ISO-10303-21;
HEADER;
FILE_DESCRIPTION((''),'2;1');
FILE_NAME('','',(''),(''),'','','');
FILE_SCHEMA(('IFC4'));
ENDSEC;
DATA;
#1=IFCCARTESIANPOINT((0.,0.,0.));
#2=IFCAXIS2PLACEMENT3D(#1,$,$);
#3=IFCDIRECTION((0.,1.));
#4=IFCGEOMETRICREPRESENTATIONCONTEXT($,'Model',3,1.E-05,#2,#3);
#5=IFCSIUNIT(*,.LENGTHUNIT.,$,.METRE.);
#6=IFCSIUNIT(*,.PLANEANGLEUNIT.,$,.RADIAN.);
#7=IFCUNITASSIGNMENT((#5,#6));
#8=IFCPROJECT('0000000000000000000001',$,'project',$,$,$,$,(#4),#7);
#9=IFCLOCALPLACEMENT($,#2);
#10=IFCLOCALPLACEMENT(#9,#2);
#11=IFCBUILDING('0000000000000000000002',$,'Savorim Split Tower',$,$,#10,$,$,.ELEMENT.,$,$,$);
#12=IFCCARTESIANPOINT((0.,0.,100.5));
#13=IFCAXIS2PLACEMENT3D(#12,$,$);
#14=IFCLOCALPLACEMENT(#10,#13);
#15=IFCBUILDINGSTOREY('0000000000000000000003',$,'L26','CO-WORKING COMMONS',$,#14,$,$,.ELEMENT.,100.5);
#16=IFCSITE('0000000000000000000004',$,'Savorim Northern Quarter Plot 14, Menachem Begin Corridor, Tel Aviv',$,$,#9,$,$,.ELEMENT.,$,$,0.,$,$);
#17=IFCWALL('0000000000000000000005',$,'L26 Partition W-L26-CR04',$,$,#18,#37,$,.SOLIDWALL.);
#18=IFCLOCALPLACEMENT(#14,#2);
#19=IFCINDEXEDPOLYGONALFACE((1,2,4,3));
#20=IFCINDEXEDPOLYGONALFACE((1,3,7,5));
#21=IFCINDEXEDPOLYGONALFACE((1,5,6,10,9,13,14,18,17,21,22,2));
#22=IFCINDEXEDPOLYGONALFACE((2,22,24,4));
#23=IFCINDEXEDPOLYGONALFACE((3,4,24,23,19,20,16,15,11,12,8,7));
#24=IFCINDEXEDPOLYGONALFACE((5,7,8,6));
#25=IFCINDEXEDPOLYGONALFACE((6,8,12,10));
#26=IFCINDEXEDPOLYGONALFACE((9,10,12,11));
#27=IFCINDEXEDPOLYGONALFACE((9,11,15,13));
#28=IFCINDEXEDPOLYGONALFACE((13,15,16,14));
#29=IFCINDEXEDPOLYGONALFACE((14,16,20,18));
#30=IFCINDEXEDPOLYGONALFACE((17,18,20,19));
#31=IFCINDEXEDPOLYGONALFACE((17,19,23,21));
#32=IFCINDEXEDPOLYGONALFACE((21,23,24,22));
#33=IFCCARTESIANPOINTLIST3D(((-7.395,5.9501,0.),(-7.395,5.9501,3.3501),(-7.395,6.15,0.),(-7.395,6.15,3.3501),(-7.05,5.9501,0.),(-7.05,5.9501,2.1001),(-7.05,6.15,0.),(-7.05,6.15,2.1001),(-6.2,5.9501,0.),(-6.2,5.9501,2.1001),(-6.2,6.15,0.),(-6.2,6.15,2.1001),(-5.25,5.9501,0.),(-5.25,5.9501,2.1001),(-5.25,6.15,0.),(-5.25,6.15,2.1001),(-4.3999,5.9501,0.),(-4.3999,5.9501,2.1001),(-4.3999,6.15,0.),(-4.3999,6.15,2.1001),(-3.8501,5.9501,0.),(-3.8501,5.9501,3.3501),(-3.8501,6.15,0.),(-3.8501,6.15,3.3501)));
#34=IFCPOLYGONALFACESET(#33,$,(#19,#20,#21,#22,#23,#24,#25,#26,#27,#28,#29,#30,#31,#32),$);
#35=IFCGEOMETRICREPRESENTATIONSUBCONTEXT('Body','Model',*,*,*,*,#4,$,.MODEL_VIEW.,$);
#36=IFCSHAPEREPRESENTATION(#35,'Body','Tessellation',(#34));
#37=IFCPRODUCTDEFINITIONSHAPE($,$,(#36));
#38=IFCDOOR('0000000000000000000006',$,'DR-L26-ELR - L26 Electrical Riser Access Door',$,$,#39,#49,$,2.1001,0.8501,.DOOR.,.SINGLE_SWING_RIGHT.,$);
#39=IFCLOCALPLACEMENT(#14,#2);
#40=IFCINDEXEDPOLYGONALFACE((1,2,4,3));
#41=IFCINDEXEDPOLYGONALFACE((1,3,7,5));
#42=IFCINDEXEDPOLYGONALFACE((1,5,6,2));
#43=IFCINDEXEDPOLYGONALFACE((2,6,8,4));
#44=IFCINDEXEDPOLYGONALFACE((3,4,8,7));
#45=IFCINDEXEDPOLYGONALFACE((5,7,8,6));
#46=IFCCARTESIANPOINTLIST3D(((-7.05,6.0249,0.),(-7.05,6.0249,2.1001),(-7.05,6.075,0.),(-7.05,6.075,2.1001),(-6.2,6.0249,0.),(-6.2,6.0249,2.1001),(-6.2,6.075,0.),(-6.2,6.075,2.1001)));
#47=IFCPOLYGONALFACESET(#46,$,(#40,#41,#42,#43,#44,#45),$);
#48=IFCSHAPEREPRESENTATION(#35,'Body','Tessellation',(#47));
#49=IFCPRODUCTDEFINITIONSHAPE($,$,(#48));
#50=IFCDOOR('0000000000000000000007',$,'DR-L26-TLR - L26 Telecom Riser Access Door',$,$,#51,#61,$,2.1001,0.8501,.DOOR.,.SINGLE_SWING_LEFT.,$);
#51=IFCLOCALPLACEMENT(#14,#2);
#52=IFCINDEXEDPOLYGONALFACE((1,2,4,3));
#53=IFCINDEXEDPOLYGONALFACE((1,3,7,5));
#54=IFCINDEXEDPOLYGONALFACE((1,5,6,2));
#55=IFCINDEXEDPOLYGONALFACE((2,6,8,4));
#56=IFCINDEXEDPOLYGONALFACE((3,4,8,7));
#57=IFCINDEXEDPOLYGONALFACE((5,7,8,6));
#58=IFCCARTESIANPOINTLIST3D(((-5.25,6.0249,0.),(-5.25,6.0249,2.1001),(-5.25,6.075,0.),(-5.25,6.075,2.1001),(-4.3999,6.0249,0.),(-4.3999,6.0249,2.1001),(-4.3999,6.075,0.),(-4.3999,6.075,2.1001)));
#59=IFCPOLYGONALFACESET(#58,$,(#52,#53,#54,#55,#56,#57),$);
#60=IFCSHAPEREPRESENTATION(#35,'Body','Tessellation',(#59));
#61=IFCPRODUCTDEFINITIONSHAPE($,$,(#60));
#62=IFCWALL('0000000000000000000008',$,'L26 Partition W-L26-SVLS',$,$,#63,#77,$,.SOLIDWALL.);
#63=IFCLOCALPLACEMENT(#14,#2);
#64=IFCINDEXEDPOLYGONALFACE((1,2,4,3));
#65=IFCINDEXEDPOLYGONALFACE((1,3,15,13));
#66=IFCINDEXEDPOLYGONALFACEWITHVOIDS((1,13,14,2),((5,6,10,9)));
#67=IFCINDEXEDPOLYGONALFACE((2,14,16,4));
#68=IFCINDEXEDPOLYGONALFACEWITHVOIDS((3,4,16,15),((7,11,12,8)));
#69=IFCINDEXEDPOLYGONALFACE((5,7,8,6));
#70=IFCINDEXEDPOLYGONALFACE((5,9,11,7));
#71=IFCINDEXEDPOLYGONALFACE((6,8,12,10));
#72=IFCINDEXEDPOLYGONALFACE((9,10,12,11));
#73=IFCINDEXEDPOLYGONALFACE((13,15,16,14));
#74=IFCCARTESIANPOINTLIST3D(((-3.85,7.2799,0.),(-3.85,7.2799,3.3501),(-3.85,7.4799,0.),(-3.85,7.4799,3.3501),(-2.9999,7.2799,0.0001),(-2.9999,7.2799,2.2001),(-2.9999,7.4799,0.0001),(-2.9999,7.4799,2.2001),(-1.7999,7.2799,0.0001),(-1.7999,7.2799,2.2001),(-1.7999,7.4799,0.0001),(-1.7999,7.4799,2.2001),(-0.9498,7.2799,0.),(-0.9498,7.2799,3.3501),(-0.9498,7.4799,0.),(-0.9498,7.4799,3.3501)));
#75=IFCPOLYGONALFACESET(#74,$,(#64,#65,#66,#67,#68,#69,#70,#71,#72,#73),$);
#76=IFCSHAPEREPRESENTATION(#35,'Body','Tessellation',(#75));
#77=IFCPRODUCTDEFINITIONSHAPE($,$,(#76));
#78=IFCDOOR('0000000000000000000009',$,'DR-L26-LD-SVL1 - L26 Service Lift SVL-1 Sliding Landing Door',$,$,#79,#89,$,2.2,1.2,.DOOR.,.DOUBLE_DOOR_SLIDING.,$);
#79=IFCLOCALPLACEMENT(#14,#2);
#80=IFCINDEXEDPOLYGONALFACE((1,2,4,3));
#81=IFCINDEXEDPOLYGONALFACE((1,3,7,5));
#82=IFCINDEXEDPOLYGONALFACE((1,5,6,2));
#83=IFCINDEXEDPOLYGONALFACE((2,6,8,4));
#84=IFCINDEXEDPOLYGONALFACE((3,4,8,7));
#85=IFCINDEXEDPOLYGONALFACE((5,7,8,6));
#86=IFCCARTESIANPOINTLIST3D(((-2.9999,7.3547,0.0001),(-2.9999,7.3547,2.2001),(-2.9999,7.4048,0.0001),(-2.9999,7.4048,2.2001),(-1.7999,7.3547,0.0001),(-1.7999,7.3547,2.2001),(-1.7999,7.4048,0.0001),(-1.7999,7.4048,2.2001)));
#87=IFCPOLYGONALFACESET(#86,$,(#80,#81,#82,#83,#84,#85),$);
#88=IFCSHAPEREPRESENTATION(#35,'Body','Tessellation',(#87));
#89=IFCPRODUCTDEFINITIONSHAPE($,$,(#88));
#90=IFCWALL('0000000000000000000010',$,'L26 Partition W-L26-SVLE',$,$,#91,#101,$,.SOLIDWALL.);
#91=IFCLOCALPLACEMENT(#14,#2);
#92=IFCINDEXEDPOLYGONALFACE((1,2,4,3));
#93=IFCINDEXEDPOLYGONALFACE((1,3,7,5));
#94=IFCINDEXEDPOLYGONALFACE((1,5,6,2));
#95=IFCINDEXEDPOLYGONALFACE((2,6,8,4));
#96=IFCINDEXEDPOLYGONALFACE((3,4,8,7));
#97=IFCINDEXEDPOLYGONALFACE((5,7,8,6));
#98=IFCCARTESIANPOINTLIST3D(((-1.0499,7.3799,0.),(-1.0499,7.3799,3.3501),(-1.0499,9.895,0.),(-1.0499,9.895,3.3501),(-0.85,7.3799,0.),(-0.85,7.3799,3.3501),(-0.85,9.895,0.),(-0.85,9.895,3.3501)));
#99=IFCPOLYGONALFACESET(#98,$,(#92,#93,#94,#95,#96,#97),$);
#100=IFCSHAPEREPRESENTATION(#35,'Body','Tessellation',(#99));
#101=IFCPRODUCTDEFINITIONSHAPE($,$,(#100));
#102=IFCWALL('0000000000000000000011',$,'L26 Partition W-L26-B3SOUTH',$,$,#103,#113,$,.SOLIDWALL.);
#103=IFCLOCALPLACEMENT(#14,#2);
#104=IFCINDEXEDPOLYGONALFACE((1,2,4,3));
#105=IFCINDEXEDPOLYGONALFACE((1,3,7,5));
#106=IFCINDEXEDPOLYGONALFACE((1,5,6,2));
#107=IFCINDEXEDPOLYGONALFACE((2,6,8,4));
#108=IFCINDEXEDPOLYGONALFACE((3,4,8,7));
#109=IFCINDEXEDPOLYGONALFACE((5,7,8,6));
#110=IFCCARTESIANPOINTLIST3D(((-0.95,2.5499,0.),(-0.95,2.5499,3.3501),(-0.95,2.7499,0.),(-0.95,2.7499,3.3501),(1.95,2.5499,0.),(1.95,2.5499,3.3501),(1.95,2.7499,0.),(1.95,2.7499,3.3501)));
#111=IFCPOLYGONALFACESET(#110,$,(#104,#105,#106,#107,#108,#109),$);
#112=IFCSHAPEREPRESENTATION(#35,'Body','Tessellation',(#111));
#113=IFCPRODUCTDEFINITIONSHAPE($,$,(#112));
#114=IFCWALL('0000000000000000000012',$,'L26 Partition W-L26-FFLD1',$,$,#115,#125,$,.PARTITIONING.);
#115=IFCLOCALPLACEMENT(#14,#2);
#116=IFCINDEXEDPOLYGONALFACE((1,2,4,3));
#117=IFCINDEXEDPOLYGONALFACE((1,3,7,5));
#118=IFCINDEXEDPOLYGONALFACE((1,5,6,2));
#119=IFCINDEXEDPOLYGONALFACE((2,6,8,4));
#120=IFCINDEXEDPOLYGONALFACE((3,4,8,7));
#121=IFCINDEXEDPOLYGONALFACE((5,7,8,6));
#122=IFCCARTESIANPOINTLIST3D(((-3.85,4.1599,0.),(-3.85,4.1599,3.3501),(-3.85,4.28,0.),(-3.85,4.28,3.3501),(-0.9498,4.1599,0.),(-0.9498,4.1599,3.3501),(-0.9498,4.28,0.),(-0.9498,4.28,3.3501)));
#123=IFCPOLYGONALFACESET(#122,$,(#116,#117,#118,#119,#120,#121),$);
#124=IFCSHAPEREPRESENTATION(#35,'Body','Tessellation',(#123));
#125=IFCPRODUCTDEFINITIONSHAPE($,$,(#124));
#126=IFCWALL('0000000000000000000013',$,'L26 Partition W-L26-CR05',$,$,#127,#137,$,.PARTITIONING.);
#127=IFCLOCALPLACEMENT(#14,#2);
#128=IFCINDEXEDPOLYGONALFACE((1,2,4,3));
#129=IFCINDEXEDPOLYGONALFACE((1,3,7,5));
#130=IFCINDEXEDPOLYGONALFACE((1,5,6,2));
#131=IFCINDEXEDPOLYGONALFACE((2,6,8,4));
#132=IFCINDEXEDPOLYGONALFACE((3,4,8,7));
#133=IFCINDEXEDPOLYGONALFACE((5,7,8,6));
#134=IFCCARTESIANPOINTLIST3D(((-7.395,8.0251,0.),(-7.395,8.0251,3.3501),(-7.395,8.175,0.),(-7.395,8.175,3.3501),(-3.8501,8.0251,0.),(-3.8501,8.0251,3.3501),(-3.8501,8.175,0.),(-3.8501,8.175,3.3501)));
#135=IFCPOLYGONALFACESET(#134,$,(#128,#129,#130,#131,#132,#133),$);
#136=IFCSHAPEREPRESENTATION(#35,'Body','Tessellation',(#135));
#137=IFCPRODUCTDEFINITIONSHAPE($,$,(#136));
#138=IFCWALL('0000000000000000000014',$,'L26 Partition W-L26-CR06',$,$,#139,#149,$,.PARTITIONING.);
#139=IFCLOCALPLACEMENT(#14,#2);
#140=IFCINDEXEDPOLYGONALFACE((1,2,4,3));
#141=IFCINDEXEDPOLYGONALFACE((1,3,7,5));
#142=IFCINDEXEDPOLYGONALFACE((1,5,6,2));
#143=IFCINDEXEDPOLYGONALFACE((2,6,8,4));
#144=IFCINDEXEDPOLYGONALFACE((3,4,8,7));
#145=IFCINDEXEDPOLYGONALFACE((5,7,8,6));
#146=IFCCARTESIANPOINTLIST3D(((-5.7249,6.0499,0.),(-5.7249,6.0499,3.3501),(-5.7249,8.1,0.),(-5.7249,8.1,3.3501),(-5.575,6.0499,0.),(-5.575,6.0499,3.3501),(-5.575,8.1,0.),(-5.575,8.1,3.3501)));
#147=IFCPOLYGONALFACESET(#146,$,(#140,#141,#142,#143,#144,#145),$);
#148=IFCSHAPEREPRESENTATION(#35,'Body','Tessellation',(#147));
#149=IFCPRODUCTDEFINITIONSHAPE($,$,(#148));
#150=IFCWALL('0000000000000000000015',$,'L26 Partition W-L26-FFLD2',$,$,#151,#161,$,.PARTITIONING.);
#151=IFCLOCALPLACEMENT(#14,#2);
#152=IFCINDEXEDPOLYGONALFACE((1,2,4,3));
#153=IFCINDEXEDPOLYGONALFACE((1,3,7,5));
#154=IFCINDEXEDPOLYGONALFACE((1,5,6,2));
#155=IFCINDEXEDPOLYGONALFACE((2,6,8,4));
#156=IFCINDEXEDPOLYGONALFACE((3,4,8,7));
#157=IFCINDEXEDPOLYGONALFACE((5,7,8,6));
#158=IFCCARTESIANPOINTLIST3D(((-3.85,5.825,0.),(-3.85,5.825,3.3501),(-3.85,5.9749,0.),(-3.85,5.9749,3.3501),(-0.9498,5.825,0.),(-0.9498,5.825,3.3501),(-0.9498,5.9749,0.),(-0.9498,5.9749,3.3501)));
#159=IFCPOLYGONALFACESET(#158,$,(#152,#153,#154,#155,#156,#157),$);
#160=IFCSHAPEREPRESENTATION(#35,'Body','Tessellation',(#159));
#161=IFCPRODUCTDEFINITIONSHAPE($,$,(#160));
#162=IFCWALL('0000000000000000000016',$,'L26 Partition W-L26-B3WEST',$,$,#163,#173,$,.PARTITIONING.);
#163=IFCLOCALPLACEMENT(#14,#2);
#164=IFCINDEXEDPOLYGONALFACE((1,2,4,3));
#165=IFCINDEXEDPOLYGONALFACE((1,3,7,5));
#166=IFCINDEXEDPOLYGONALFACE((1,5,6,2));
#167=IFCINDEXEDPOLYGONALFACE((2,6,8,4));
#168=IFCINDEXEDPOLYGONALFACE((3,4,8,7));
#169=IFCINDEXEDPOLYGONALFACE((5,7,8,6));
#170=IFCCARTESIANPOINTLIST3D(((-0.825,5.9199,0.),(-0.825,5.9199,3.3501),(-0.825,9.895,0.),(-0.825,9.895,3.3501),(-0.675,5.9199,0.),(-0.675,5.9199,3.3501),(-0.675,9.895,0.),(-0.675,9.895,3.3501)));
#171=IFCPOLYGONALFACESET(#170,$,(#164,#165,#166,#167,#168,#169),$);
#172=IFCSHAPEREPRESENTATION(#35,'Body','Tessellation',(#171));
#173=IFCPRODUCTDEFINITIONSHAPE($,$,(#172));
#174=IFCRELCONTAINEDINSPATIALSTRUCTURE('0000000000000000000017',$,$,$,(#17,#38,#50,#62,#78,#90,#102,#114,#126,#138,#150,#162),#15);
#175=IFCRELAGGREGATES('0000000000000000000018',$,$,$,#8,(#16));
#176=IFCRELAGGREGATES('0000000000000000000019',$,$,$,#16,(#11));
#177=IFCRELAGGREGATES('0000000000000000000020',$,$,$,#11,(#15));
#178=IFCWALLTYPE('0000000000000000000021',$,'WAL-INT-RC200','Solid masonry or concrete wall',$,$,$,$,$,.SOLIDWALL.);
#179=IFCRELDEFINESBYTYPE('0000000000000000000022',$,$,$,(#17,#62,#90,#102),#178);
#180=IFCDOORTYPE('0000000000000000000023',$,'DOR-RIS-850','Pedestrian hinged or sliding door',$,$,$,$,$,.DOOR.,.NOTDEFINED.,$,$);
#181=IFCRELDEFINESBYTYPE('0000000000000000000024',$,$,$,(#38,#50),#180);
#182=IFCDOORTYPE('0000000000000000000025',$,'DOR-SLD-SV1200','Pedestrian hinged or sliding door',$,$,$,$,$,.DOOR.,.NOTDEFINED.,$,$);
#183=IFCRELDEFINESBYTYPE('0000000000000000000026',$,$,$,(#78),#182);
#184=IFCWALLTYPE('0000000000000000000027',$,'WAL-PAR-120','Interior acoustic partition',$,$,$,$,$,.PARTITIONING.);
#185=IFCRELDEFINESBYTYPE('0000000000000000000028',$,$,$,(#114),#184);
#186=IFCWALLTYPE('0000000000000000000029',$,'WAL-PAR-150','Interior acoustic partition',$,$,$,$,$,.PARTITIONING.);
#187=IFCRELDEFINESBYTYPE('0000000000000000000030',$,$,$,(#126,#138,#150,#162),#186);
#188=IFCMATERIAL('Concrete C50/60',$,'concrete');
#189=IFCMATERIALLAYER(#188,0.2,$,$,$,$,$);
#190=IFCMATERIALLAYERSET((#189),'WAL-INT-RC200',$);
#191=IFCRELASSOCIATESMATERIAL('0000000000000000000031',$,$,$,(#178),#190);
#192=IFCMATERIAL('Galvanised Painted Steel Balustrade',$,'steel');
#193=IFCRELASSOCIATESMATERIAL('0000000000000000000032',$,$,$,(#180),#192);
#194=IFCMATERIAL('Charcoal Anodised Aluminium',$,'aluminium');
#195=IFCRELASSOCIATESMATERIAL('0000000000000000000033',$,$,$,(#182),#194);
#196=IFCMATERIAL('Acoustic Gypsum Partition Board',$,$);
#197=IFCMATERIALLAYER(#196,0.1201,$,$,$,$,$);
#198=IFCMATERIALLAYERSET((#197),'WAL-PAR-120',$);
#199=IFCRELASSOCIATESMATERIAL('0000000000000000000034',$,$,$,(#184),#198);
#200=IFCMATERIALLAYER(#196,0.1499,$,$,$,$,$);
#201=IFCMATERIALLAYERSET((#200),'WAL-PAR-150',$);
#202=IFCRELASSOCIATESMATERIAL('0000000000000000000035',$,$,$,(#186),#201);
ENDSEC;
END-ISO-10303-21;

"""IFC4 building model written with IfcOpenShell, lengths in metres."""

from ifc_helpers import new_model, si_unit, direction, frame, frame_2d, origin, place, context, subcontext, project, spatial, rectangle, extrude, material, layer, layer_set, type_object, element, fill, save


model = new_model("IFC4")

# Units and contexts
model_context = context("Model", 3, precision=1e-05, world=origin(), true_north=direction((0.0, 1.0)))
body_context = subcontext(model_context, "Body", "Model", "MODEL_VIEW")
ifc_project = project(units=[si_unit("LENGTHUNIT", "METRE"), si_unit("PLANEANGLEUNIT", "RADIAN")], contexts=[model_context])

# Site, building, storey
site_placement = place(None, origin())
site = spatial("IfcSite", under=ifc_project, at=site_placement, Name="Savorim Northern Quarter Plot 14, Menachem Begin Corridor, Tel Aviv", CompositionType="ELEMENT", RefElevation=0.0)
building_placement = place(site_placement, origin())
building = spatial("IfcBuilding", under=site, at=building_placement, Name="Savorim Split Tower", CompositionType="ELEMENT")
storey_placement = place(building_placement, frame((0.0, 0.0, 100.5)))
storey = spatial("IfcBuildingStorey", under=building, at=storey_placement, Name="L26", Description="CO-WORKING COMMONS", CompositionType="ELEMENT", Elevation=100.5)

# Shared definitions
ifc_material_1 = material(Name="Charcoal Anodised Aluminium", Category="aluminium")

# Wall, openings, doors
ifc_material_2 = material(Name="Concrete C50/60", Category="concrete")
ifc_layer_1 = layer(ifc_material_2, 0.2)
ifc_layer_set_1 = layer_set([ifc_layer_1], Name="WAL-INT-RC200")
wall_type_1 = type_object("IfcWallType", Name="WAL-INT-RC200", Description="Solid masonry or concrete wall", PredefinedType="SOLIDWALL", material=ifc_layer_set_1)
wall_1_placement = place(storey_placement, frame((-7.395, 6.05, 0.0), z_axis=(0.0, 0.0, 1.0), x_axis=(1.0, 0.0, 0.0)))
wall_1 = element("IfcWall", 1, at=wall_1_placement, inside=storey, type_object=wall_type_1, Name="L26 Partition W-L26-CR04", PredefinedType="SOLIDWALL", context=body_context, shape_type="SweptSolid", body=[
    extrude(rectangle(XDim=3.5449, YDim=0.2, at=frame_2d((1.7725, 0.0))), origin(), (0.0, 0.0, 1.0), 3.3501),
])
opening_1_placement = place(wall_1_placement, frame((0.345, 0.0, 0.0)))
opening_1 = element("IfcOpeningElement", 2, at=opening_1_placement, cuts=wall_1, PredefinedType="OPENING", context=body_context, shape_type="SweptSolid", body=[
    extrude(rectangle(XDim=0.8501, YDim=2.1001, at=frame_2d((0.425, 1.05))), frame((0.0, 0.1099, 0.0), z_axis=(0.0, -1.0, 0.0), x_axis=(1.0, 0.0, 0.0)), (0.0, 0.0, 1.0), 0.22),
])
opening_2_placement = place(wall_1_placement, frame((2.145, 0.0, 0.0)))
opening_2 = element("IfcOpeningElement", 3, at=opening_2_placement, cuts=wall_1, PredefinedType="OPENING", context=body_context, shape_type="SweptSolid", body=[
    extrude(rectangle(XDim=0.8501, YDim=2.1001, at=frame_2d((0.425, 1.05))), frame((0.0, 0.1099, 0.0), z_axis=(0.0, -1.0, 0.0), x_axis=(1.0, 0.0, 0.0)), (0.0, 0.0, 1.0), 0.22),
])
ifc_material_3 = material(Name="Galvanised Painted Steel Balustrade", Category="steel")
door_type_1 = type_object("IfcDoorType", Name="DOR-RIS-850", Description="Pedestrian hinged or sliding door", OperationType="NOTDEFINED", PredefinedType="DOOR", material=ifc_material_3)
door_1_placement = place(opening_1_placement, origin())
door_1 = element("IfcDoor", 4, at=door_1_placement, inside=storey, type_object=door_type_1, Name="DR-L26-ELR - L26 Electrical Riser Access Door", OperationType="SINGLE_SWING_RIGHT", OverallHeight=2.1001, OverallWidth=0.8501, PredefinedType="DOOR", context=body_context, shape_type="SweptSolid", body=[
    extrude(rectangle(XDim=0.8501, YDim=2.1001, at=frame_2d((0.425, 1.05))), frame((0.0, 0.0249, 0.0), z_axis=(0.0, -1.0, 0.0), x_axis=(1.0, 0.0, 0.0)), (0.0, 0.0, 1.0), 0.05),
])
fill(opening_1, door_1)
door_2_placement = place(opening_2_placement, origin())
door_2 = element("IfcDoor", 5, at=door_2_placement, inside=storey, type_object=door_type_1, Name="DR-L26-TLR - L26 Telecom Riser Access Door", OperationType="SINGLE_SWING_LEFT", OverallHeight=2.1001, OverallWidth=0.8501, PredefinedType="DOOR", context=body_context, shape_type="SweptSolid", body=[
    extrude(rectangle(XDim=0.8501, YDim=2.1001, at=frame_2d((0.425, 1.05))), frame((0.0, 0.0249, 0.0), z_axis=(0.0, -1.0, 0.0), x_axis=(1.0, 0.0, 0.0)), (0.0, 0.0, 1.0), 0.05),
])
fill(opening_2, door_2)

# Wall, opening, door
wall_2_placement = place(storey_placement, frame((-3.8501, 7.3799, 0.0), z_axis=(0.0, 0.0, 1.0), x_axis=(1.0, 0.0, 0.0)))
wall_2 = element("IfcWall", 6, at=wall_2_placement, inside=storey, type_object=wall_type_1, Name="L26 Partition W-L26-SVLS", PredefinedType="SOLIDWALL", context=body_context, shape_type="SweptSolid", body=[
    extrude(rectangle(XDim=2.9001, YDim=0.2, at=frame_2d((1.4502, 0.0))), origin(), (0.0, 0.0, 1.0), 3.3501),
])
opening_3_placement = place(wall_2_placement, frame((0.8501, 0.0, 0.0)))
opening_3 = element("IfcOpeningElement", 7, at=opening_3_placement, cuts=wall_2, PredefinedType="OPENING", context=body_context, shape_type="SweptSolid", body=[
    extrude(rectangle(XDim=1.2, YDim=2.2, at=frame_2d((0.6001, 1.1001))), frame((0.0, 0.1099, 0.0), z_axis=(0.0, -1.0, 0.0), x_axis=(1.0, 0.0, 0.0)), (0.0, 0.0, 1.0), 0.22),
])
door_type_2 = type_object("IfcDoorType", Name="DOR-SLD-SV1200", Description="Pedestrian hinged or sliding door", OperationType="NOTDEFINED", PredefinedType="DOOR", material=ifc_material_1)
door_3_placement = place(opening_3_placement, origin())
door_3 = element("IfcDoor", 8, at=door_3_placement, inside=storey, type_object=door_type_2, Name="DR-L26-LD-SVL1 - L26 Service Lift SVL-1 Sliding Landing Door", OperationType="DOUBLE_DOOR_SLIDING", OverallHeight=2.2, OverallWidth=1.2, PredefinedType="DOOR", context=body_context, shape_type="SweptSolid", body=[
    extrude(rectangle(XDim=1.2, YDim=2.2, at=frame_2d((0.6001, 1.1001))), frame((0.0, 0.0249, 0.0), z_axis=(0.0, -1.0, 0.0), x_axis=(1.0, 0.0, 0.0)), (0.0, 0.0, 1.0), 0.05),
])
fill(opening_3, door_3)

# Walls
wall_3_placement = place(storey_placement, frame((-0.95, 7.3799, 0.0), z_axis=(0.0, 0.0, 1.0), x_axis=(0.0, 1.0, 0.0)))
element("IfcWall", 9, at=wall_3_placement, inside=storey, type_object=wall_type_1, Name="L26 Partition W-L26-SVLE", PredefinedType="SOLIDWALL", context=body_context, shape_type="SweptSolid", body=[
    extrude(rectangle(XDim=2.5151, YDim=0.2, at=frame_2d((1.2576, 0.0))), origin(), (0.0, 0.0, 1.0), 3.3501),
])
wall_4_placement = place(storey_placement, frame((-0.95, 2.6499, 0.0), z_axis=(0.0, 0.0, 1.0), x_axis=(1.0, 0.0, 0.0)))
element("IfcWall", 10, at=wall_4_placement, inside=storey, type_object=wall_type_1, Name="L26 Partition W-L26-B3SOUTH", PredefinedType="SOLIDWALL", context=body_context, shape_type="SweptSolid", body=[
    extrude(rectangle(XDim=2.8999, YDim=0.2, at=frame_2d((1.45, 0.0))), origin(), (0.0, 0.0, 1.0), 3.3501),
])
ifc_material_4 = material(Name="Acoustic Gypsum Partition Board")
ifc_layer_2 = layer(ifc_material_4, 0.1201)
ifc_layer_set_2 = layer_set([ifc_layer_2], Name="WAL-PAR-120")
wall_type_2 = type_object("IfcWallType", Name="WAL-PAR-120", Description="Interior acoustic partition", PredefinedType="PARTITIONING", material=ifc_layer_set_2)
wall_5_placement = place(storey_placement, frame((-3.8501, 4.22, 0.0), z_axis=(0.0, 0.0, 1.0), x_axis=(1.0, 0.0, 0.0)))
element("IfcWall", 11, at=wall_5_placement, inside=storey, type_object=wall_type_2, Name="L26 Partition W-L26-FFLD1", PredefinedType="PARTITIONING", context=body_context, shape_type="SweptSolid", body=[
    extrude(rectangle(XDim=2.9001, YDim=0.1201, at=frame_2d((1.4502, 0.0))), origin(), (0.0, 0.0, 1.0), 3.3501),
])
ifc_layer_3 = layer(ifc_material_4, 0.1499)
ifc_layer_set_3 = layer_set([ifc_layer_3], Name="WAL-PAR-150")
wall_type_3 = type_object("IfcWallType", Name="WAL-PAR-150", Description="Interior acoustic partition", PredefinedType="PARTITIONING", material=ifc_layer_set_3)
wall_6_placement = place(storey_placement, frame((-7.395, 8.1001, 0.0), z_axis=(0.0, 0.0, 1.0), x_axis=(1.0, 0.0, 0.0)))
element("IfcWall", 12, at=wall_6_placement, inside=storey, type_object=wall_type_3, Name="L26 Partition W-L26-CR05", PredefinedType="PARTITIONING", context=body_context, shape_type="SweptSolid", body=[
    extrude(rectangle(XDim=3.5449, YDim=0.1499, at=frame_2d((1.7725, 0.0))), origin(), (0.0, 0.0, 1.0), 3.3501),
])
wall_7_placement = place(storey_placement, frame((-5.6499, 6.05, 0.0), z_axis=(0.0, 0.0, 1.0), x_axis=(0.0, 1.0, 0.0)))
element("IfcWall", 13, at=wall_7_placement, inside=storey, type_object=wall_type_3, Name="L26 Partition W-L26-CR06", PredefinedType="PARTITIONING", context=body_context, shape_type="SweptSolid", body=[
    extrude(rectangle(XDim=2.05, YDim=0.1499, at=frame_2d((1.0249, 0.0))), origin(), (0.0, 0.0, 1.0), 3.3501),
])
wall_8_placement = place(storey_placement, frame((-3.8501, 5.8999, 0.0), z_axis=(0.0, 0.0, 1.0), x_axis=(1.0, 0.0, 0.0)))
element("IfcWall", 14, at=wall_8_placement, inside=storey, type_object=wall_type_3, Name="L26 Partition W-L26-FFLD2", PredefinedType="PARTITIONING", context=body_context, shape_type="SweptSolid", body=[
    extrude(rectangle(XDim=2.9001, YDim=0.1499, at=frame_2d((1.4502, 0.0))), origin(), (0.0, 0.0, 1.0), 3.3501),
])
wall_9_placement = place(storey_placement, frame((-0.75, 5.9199, 0.0), z_axis=(0.0, 0.0, 1.0), x_axis=(0.0, 1.0, 0.0)))
element("IfcWall", 15, at=wall_9_placement, inside=storey, type_object=wall_type_3, Name="L26 Partition W-L26-B3WEST", PredefinedType="PARTITIONING", context=body_context, shape_type="SweptSolid", body=[
    extrude(rectangle(XDim=3.9751, YDim=0.1499, at=frame_2d((1.9875, 0.0))), origin(), (0.0, 0.0, 1.0), 3.3501),
])

save(model, "model.ifc")
